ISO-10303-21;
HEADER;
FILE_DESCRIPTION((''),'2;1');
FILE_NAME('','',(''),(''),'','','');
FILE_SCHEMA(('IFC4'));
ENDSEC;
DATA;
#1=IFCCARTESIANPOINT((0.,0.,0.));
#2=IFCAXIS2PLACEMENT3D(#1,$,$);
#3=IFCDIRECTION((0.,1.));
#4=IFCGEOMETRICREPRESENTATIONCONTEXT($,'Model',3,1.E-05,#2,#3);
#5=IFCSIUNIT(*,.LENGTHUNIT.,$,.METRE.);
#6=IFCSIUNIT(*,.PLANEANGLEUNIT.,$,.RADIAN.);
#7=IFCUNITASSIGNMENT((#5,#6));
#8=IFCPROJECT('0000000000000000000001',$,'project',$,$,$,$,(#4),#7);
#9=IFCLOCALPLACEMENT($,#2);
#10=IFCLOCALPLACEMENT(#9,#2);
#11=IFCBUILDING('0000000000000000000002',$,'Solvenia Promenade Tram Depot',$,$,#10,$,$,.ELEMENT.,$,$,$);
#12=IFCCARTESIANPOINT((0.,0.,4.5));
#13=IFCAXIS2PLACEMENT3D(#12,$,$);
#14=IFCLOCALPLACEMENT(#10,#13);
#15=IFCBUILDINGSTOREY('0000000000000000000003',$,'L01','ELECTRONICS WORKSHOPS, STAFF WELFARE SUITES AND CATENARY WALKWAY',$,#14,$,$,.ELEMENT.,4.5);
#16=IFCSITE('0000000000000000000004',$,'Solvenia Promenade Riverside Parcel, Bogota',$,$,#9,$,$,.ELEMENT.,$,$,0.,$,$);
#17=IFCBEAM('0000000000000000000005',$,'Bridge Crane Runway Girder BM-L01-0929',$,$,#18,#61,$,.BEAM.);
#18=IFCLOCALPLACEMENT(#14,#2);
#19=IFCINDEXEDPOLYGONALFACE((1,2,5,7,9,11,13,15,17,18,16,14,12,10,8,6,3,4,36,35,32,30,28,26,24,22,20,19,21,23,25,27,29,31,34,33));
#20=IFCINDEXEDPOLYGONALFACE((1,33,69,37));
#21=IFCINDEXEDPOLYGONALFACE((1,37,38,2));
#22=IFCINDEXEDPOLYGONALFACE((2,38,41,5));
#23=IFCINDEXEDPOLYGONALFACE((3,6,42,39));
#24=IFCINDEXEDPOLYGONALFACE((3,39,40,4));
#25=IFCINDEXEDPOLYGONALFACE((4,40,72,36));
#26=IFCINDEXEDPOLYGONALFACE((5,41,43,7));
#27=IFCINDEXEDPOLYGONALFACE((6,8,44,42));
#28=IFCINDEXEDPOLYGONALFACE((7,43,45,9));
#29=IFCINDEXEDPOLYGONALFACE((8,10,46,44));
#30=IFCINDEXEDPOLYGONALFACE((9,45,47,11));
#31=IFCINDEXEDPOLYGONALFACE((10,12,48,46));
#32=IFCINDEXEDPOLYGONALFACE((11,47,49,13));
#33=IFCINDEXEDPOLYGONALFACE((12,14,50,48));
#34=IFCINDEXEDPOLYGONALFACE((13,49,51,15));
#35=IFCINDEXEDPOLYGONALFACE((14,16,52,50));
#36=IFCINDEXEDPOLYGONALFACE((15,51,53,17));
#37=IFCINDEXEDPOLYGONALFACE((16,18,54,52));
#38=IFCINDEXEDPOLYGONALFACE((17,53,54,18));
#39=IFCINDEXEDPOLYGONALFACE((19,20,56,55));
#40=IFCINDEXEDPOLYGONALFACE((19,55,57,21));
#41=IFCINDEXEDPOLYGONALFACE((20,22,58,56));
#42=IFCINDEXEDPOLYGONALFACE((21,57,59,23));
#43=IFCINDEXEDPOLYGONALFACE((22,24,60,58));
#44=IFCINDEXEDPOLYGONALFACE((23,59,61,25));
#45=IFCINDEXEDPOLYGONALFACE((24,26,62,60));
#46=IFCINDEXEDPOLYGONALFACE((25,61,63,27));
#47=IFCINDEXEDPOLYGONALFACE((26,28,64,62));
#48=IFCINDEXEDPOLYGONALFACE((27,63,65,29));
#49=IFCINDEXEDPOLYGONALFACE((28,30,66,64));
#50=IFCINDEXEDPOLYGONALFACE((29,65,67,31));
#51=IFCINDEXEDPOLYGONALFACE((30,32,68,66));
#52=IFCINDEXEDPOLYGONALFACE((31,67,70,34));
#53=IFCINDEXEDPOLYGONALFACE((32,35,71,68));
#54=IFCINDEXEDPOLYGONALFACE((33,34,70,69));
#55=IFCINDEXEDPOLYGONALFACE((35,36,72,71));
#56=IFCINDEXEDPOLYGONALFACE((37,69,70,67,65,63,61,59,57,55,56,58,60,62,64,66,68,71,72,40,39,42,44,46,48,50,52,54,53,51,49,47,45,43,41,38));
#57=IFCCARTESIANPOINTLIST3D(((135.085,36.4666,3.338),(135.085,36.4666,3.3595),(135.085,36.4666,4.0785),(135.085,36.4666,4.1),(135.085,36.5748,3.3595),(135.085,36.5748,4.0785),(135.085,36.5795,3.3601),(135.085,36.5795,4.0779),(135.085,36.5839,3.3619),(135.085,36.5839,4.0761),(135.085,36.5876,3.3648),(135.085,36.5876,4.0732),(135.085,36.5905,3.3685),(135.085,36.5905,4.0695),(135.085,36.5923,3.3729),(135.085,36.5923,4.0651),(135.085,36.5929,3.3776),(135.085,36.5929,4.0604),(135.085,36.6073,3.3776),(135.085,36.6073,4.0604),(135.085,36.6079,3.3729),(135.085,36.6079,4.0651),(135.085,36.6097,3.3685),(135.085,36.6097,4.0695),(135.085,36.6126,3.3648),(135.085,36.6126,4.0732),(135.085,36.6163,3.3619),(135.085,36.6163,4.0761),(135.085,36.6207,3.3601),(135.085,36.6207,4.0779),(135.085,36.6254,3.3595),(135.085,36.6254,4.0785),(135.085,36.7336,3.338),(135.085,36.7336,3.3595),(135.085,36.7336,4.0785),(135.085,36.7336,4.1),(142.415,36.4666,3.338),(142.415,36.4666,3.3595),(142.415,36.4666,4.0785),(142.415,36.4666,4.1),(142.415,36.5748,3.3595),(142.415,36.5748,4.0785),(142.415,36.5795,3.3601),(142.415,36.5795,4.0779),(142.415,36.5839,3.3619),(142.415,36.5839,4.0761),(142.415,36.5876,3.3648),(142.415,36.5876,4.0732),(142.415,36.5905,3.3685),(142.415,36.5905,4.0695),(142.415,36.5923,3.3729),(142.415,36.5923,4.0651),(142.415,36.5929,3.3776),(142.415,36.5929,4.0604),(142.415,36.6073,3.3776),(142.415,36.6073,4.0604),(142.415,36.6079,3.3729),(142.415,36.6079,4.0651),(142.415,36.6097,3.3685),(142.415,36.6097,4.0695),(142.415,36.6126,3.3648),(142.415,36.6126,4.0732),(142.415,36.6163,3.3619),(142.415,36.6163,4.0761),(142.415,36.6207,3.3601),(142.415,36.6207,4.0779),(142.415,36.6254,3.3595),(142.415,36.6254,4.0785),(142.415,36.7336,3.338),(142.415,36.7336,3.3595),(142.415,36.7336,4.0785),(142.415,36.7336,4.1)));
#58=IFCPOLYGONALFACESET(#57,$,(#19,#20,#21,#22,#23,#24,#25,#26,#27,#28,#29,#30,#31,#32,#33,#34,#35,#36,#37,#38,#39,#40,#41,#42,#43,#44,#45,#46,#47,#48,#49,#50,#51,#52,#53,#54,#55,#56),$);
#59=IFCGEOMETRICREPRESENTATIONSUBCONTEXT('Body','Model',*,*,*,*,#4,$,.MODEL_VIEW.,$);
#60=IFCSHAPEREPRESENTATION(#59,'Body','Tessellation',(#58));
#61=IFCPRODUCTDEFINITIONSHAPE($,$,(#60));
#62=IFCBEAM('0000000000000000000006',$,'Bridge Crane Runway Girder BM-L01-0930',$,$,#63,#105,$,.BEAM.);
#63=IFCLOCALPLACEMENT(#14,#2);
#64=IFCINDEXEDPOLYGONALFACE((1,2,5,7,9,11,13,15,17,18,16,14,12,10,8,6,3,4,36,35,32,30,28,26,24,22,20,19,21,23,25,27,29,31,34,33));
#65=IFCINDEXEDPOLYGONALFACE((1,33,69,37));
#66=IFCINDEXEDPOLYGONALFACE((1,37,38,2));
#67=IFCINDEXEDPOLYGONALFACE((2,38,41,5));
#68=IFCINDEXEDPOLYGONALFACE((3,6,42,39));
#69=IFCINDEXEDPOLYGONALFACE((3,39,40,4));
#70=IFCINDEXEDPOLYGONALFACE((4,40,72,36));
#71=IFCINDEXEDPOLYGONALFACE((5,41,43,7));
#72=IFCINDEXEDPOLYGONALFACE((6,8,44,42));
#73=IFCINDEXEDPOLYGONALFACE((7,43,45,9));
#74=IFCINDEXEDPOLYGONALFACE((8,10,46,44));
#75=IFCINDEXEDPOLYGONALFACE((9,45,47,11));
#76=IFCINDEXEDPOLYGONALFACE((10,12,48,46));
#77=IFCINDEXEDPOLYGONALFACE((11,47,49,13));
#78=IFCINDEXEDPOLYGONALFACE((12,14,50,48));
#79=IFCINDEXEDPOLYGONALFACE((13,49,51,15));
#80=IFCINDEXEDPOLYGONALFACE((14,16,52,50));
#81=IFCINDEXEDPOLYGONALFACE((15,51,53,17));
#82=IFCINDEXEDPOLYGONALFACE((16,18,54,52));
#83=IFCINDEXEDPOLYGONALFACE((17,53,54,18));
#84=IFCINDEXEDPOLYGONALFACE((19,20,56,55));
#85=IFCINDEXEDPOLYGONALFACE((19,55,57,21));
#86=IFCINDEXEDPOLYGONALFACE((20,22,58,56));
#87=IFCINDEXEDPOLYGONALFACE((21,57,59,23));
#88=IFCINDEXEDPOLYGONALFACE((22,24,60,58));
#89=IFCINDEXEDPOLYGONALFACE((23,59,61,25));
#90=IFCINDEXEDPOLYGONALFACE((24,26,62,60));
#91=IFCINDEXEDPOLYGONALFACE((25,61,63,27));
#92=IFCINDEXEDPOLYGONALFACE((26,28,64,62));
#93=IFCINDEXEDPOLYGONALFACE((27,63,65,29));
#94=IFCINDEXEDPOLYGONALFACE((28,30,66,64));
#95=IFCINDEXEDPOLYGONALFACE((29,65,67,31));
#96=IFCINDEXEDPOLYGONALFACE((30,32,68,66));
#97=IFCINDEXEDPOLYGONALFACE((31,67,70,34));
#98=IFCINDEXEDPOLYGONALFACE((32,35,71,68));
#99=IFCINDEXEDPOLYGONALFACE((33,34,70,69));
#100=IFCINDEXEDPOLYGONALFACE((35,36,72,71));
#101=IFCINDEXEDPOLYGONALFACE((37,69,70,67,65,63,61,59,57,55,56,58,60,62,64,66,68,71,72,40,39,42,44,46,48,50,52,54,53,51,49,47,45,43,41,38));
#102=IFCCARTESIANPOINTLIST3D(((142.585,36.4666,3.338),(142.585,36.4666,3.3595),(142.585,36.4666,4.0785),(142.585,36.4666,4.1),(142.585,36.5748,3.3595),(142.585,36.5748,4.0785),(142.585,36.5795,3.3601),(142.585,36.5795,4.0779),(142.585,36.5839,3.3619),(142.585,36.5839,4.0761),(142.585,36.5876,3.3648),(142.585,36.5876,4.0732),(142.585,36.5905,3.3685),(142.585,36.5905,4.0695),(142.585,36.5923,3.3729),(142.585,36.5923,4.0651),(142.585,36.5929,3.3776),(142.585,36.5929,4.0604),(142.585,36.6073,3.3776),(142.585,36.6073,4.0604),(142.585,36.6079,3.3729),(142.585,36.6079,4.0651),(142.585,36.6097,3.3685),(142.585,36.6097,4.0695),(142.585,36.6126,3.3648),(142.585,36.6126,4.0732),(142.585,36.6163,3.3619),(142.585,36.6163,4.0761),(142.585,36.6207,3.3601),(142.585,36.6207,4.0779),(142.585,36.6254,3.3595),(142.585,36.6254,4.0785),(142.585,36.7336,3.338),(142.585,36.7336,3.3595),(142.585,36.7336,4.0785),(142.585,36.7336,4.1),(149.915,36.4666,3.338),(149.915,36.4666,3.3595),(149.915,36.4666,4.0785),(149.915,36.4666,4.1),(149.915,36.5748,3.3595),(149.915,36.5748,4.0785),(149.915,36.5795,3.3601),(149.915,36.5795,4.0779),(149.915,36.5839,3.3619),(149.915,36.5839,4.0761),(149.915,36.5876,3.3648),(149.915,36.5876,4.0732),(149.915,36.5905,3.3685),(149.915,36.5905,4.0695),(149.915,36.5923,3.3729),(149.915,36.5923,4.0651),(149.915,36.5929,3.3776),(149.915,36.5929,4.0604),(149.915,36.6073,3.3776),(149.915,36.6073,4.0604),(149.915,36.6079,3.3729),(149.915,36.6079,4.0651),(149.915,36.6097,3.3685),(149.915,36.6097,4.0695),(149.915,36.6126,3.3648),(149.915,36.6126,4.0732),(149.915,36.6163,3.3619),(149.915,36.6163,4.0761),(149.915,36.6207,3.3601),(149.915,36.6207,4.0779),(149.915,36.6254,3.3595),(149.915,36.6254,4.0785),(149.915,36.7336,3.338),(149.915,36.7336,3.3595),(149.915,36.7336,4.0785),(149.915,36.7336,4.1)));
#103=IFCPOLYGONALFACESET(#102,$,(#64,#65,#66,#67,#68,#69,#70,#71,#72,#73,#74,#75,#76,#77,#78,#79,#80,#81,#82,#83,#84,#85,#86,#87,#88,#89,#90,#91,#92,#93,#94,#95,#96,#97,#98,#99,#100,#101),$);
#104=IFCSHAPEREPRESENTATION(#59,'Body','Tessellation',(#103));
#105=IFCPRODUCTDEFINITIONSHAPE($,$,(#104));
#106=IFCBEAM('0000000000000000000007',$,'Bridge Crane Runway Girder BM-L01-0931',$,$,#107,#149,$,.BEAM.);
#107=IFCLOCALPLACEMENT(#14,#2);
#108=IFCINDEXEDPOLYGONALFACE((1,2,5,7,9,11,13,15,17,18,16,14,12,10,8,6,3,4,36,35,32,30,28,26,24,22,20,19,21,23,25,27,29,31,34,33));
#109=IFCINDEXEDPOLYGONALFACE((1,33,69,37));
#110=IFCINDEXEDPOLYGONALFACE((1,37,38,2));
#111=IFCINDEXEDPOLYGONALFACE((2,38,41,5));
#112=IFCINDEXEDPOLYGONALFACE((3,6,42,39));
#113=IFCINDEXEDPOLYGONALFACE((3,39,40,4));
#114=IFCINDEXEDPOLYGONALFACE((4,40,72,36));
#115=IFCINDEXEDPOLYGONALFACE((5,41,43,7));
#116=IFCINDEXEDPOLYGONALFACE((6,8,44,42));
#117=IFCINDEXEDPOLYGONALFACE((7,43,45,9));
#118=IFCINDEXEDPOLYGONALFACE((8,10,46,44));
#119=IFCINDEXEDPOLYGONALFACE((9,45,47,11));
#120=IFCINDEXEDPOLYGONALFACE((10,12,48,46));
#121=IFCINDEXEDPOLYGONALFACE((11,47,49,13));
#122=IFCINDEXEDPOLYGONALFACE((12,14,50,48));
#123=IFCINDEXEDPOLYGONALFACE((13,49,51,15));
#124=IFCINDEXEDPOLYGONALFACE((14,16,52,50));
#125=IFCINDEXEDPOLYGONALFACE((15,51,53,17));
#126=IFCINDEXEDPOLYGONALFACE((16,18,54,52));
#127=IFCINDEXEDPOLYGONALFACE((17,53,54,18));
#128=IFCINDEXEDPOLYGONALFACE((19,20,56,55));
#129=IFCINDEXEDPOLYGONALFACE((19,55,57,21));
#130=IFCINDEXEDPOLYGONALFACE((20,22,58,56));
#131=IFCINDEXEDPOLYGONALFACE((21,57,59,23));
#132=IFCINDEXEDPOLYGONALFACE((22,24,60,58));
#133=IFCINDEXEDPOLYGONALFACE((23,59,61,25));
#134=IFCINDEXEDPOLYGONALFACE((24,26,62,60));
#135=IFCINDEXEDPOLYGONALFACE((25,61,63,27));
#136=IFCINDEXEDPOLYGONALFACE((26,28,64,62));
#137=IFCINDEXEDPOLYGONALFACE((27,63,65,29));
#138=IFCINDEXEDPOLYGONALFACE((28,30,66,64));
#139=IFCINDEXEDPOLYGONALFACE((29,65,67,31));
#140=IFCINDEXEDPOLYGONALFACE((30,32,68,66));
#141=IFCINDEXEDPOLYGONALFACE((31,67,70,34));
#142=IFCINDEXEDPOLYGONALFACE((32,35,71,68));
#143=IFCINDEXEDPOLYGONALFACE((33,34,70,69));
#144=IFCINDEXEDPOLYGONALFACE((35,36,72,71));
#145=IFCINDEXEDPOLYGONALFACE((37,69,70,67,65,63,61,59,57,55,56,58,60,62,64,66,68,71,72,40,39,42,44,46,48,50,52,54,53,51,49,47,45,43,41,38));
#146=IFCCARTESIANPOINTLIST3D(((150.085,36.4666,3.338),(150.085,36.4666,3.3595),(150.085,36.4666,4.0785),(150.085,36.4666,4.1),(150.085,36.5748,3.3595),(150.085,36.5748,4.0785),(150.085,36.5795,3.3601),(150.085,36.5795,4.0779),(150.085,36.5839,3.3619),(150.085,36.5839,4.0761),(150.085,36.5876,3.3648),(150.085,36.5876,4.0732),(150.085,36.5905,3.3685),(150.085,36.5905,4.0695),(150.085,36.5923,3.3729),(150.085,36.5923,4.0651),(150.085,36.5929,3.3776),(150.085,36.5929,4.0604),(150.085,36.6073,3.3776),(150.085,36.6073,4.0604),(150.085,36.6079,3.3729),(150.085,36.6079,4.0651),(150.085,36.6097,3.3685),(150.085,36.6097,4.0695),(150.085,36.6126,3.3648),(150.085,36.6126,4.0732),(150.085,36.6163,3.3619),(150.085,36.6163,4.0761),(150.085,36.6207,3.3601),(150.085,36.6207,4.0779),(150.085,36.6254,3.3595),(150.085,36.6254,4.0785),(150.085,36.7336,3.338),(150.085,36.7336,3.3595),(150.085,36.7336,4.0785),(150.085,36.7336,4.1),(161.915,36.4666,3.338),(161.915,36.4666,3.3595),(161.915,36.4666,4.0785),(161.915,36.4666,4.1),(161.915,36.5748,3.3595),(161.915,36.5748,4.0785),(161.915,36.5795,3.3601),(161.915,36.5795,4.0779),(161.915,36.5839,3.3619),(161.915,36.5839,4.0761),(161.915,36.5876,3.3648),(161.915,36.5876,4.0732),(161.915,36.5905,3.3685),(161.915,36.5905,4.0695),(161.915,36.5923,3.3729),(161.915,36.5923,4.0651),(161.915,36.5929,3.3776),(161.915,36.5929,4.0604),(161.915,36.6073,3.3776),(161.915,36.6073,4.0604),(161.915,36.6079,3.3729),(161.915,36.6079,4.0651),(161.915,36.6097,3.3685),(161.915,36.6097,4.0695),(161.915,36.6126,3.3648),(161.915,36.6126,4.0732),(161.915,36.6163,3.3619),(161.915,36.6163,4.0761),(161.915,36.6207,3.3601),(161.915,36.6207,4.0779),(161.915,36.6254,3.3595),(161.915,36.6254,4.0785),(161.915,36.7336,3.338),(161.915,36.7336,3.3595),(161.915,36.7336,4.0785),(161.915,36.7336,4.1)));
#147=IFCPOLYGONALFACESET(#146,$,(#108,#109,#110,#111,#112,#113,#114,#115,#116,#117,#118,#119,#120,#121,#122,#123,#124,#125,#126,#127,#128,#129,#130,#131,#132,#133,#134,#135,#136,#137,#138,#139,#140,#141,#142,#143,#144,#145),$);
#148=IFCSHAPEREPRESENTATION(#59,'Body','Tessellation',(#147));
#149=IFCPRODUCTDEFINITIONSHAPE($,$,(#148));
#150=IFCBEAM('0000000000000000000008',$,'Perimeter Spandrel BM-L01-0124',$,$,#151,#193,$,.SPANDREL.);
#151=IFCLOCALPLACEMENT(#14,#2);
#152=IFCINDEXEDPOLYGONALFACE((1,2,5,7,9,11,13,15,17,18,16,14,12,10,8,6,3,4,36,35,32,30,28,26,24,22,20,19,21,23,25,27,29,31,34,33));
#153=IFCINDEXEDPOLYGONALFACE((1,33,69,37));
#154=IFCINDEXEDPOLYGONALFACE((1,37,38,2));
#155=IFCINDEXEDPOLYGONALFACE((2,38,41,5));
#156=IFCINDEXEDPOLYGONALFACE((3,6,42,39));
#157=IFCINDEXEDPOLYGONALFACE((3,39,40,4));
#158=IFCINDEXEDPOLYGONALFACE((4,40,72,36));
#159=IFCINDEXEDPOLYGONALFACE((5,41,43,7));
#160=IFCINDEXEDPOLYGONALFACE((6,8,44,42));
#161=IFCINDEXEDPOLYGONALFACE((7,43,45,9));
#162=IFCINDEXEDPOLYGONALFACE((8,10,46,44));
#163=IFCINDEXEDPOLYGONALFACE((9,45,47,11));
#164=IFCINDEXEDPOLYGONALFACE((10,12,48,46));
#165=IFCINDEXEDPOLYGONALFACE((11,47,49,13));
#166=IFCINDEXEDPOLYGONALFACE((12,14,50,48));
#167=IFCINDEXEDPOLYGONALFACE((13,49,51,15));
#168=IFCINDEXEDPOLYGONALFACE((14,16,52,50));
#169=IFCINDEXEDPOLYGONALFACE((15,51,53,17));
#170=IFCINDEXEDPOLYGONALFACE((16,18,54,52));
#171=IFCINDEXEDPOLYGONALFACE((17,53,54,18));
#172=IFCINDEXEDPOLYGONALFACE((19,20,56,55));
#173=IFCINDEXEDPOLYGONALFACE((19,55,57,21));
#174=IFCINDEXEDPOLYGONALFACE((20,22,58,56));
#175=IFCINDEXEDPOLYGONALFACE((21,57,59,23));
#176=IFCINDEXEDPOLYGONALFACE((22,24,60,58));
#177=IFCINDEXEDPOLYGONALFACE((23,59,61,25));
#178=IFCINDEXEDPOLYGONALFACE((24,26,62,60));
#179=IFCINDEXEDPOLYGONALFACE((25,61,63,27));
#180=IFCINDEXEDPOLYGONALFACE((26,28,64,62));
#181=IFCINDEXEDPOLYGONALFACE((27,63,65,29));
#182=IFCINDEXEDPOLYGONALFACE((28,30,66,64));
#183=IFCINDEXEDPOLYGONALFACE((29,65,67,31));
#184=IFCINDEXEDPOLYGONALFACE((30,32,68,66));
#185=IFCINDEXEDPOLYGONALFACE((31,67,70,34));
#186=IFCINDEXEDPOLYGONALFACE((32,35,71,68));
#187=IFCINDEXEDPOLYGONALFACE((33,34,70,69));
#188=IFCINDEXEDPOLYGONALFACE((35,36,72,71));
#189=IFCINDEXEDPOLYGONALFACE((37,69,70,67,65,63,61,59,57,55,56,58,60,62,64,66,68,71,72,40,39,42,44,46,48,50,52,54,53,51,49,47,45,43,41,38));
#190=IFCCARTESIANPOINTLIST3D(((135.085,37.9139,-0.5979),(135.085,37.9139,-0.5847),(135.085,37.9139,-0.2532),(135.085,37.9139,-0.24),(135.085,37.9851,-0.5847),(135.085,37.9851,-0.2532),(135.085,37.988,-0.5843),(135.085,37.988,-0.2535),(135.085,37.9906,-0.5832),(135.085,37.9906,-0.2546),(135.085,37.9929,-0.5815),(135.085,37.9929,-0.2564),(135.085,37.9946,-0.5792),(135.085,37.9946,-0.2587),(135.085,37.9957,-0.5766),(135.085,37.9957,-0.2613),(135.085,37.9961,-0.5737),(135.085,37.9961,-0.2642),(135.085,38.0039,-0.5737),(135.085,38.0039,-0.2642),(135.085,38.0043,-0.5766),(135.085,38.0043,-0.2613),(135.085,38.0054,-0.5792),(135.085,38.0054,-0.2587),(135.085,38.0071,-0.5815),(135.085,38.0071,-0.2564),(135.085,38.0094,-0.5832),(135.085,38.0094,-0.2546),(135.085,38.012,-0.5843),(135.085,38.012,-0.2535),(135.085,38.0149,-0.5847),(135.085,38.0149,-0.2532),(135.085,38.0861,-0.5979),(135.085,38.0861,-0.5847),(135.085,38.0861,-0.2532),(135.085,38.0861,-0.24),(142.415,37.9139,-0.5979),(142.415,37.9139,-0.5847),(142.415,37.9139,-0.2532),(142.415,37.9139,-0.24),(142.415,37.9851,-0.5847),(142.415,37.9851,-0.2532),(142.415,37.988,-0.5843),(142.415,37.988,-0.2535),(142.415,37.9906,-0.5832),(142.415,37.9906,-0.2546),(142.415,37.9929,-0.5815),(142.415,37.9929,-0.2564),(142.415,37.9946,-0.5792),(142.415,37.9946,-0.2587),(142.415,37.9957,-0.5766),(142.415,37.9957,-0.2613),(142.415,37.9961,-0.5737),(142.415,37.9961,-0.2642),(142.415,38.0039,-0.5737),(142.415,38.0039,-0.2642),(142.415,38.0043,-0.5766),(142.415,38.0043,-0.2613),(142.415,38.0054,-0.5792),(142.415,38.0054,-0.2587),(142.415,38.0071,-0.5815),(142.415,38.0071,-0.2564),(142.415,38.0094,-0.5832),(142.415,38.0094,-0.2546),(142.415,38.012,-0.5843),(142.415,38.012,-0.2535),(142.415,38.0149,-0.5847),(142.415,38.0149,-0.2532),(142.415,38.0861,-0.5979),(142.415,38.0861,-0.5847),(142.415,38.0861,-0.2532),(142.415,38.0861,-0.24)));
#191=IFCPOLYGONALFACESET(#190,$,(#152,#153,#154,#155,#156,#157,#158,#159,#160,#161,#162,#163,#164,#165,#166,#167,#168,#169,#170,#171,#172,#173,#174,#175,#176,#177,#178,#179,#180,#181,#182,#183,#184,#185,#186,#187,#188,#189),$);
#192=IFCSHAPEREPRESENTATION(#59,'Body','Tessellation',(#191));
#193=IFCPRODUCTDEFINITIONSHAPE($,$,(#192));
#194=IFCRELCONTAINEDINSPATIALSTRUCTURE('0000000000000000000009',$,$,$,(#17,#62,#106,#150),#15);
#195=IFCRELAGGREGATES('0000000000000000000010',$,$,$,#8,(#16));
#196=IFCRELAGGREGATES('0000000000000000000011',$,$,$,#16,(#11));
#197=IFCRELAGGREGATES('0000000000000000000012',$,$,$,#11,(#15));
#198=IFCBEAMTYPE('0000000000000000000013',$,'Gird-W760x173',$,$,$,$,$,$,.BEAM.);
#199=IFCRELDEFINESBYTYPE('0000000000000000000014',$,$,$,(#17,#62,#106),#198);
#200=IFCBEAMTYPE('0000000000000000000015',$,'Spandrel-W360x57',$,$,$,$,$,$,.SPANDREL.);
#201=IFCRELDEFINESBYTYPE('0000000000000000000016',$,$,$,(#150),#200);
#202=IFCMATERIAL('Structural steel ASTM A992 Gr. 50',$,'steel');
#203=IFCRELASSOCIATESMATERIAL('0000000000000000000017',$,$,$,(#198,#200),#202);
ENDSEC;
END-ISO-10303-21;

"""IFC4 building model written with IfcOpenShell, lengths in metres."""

from ifc_helpers import new_model, si_unit, direction, frame, origin, origin_2d, place, context, subcontext, project, spatial, i_section, extrude, material, material_profile, profile_set, type_object, element, save


model = new_model("IFC4")

# Units and contexts
model_context = context("Model", 3, precision=1e-05, world=origin(), true_north=direction((0.0, 1.0)))
body_context = subcontext(model_context, "Body", "Model", "MODEL_VIEW")
ifc_project = project(units=[si_unit("LENGTHUNIT", "METRE"), si_unit("PLANEANGLEUNIT", "RADIAN")], contexts=[model_context])

# Site, building, storey
site_placement = place(None, origin())
site = spatial("IfcSite", under=ifc_project, at=site_placement, Name="Solvenia Promenade Riverside Parcel, Bogota", CompositionType="ELEMENT", RefElevation=0.0)
building_placement = place(site_placement, origin())
building = spatial("IfcBuilding", under=site, at=building_placement, Name="Solvenia Promenade Tram Depot", CompositionType="ELEMENT")
storey_placement = place(building_placement, frame((0.0, 0.0, 4.5)))
storey = spatial("IfcBuildingStorey", under=building, at=storey_placement, Name="L01", Description="ELECTRONICS WORKSHOPS, STAFF WELFARE SUITES AND CATENARY WALKWAY", CompositionType="ELEMENT", Elevation=4.5)

# Shared definitions
ifc_material_1 = material(Name="Structural steel ASTM A992 Gr. 50", Category="steel")

# Beams
ifc_material_profile_1 = material_profile(ifc_material_1, i_section(OverallWidth=0.2671, OverallDepth=0.762, WebThickness=0.0144, FlangeThickness=0.0215, FilletRadius=0.0181, at=origin_2d()), Name="W760x173", Category="steel")
ifc_profile_set_1 = profile_set([ifc_material_profile_1], Name="Structural steel ASTM A992 Gr. 50")
beam_type_1 = type_object("IfcBeamType", Name="Gird-W760x173", PredefinedType="BEAM", material=ifc_profile_set_1)
for number, where, z_axis, x_axis, name in (
    (1, (135.085, 36.6001, 3.719), (1.0, 0.0, 0.0), (0.0, 1.0, 0.0), "Bridge Crane Runway Girder BM-L01-0929"),
    (2, (142.585, 36.6001, 3.719), (1.0, 0.0, 0.0), (0.0, 1.0, 0.0), "Bridge Crane Runway Girder BM-L01-0930"),
):
    element("IfcBeam", number, at=place(storey_placement, frame(where, z_axis=z_axis, x_axis=x_axis)), inside=storey, type_object=beam_type_1, Name=name, PredefinedType="BEAM", context=body_context, shape_type="SweptSolid", body=[
        extrude(i_section(OverallWidth=0.2671, OverallDepth=0.762, WebThickness=0.0144, FlangeThickness=0.0215, FilletRadius=0.0181, at=origin_2d()), origin(), (0.0, 0.0, 1.0), 7.3301),
    ])
beam_1_placement = place(storey_placement, frame((150.085, 36.6001, 3.719), z_axis=(1.0, 0.0, 0.0), x_axis=(0.0, 1.0, 0.0)))
element("IfcBeam", 3, at=beam_1_placement, inside=storey, type_object=beam_type_1, Name="Bridge Crane Runway Girder BM-L01-0931", PredefinedType="BEAM", context=body_context, shape_type="SweptSolid", body=[
    extrude(i_section(OverallWidth=0.2671, OverallDepth=0.762, WebThickness=0.0144, FlangeThickness=0.0215, FilletRadius=0.0181, at=origin_2d()), origin(), (0.0, 0.0, 1.0), 11.8301),
])
ifc_material_profile_2 = material_profile(ifc_material_1, i_section(OverallWidth=0.1721, OverallDepth=0.3579, WebThickness=0.0078, FlangeThickness=0.0132, FilletRadius=0.011, at=origin_2d()), Name="W360x57", Category="steel")
ifc_profile_set_2 = profile_set([ifc_material_profile_2], Name="Structural steel ASTM A992 Gr. 50")
beam_type_2 = type_object("IfcBeamType", Name="Spandrel-W360x57", PredefinedType="SPANDREL", material=ifc_profile_set_2)
beam_2_placement = place(storey_placement, frame((135.085, 38.0, -0.4189), z_axis=(1.0, 0.0, 0.0), x_axis=(0.0, 1.0, 0.0)))
element("IfcBeam", 4, at=beam_2_placement, inside=storey, type_object=beam_type_2, Name="Perimeter Spandrel BM-L01-0124", PredefinedType="SPANDREL", context=body_context, shape_type="SweptSolid", body=[
    extrude(i_section(OverallWidth=0.1721, OverallDepth=0.3579, WebThickness=0.0078, FlangeThickness=0.0132, FilletRadius=0.011, at=origin_2d()), origin(), (0.0, 0.0, 1.0), 7.3301),
])

save(model, "model.ifc")
